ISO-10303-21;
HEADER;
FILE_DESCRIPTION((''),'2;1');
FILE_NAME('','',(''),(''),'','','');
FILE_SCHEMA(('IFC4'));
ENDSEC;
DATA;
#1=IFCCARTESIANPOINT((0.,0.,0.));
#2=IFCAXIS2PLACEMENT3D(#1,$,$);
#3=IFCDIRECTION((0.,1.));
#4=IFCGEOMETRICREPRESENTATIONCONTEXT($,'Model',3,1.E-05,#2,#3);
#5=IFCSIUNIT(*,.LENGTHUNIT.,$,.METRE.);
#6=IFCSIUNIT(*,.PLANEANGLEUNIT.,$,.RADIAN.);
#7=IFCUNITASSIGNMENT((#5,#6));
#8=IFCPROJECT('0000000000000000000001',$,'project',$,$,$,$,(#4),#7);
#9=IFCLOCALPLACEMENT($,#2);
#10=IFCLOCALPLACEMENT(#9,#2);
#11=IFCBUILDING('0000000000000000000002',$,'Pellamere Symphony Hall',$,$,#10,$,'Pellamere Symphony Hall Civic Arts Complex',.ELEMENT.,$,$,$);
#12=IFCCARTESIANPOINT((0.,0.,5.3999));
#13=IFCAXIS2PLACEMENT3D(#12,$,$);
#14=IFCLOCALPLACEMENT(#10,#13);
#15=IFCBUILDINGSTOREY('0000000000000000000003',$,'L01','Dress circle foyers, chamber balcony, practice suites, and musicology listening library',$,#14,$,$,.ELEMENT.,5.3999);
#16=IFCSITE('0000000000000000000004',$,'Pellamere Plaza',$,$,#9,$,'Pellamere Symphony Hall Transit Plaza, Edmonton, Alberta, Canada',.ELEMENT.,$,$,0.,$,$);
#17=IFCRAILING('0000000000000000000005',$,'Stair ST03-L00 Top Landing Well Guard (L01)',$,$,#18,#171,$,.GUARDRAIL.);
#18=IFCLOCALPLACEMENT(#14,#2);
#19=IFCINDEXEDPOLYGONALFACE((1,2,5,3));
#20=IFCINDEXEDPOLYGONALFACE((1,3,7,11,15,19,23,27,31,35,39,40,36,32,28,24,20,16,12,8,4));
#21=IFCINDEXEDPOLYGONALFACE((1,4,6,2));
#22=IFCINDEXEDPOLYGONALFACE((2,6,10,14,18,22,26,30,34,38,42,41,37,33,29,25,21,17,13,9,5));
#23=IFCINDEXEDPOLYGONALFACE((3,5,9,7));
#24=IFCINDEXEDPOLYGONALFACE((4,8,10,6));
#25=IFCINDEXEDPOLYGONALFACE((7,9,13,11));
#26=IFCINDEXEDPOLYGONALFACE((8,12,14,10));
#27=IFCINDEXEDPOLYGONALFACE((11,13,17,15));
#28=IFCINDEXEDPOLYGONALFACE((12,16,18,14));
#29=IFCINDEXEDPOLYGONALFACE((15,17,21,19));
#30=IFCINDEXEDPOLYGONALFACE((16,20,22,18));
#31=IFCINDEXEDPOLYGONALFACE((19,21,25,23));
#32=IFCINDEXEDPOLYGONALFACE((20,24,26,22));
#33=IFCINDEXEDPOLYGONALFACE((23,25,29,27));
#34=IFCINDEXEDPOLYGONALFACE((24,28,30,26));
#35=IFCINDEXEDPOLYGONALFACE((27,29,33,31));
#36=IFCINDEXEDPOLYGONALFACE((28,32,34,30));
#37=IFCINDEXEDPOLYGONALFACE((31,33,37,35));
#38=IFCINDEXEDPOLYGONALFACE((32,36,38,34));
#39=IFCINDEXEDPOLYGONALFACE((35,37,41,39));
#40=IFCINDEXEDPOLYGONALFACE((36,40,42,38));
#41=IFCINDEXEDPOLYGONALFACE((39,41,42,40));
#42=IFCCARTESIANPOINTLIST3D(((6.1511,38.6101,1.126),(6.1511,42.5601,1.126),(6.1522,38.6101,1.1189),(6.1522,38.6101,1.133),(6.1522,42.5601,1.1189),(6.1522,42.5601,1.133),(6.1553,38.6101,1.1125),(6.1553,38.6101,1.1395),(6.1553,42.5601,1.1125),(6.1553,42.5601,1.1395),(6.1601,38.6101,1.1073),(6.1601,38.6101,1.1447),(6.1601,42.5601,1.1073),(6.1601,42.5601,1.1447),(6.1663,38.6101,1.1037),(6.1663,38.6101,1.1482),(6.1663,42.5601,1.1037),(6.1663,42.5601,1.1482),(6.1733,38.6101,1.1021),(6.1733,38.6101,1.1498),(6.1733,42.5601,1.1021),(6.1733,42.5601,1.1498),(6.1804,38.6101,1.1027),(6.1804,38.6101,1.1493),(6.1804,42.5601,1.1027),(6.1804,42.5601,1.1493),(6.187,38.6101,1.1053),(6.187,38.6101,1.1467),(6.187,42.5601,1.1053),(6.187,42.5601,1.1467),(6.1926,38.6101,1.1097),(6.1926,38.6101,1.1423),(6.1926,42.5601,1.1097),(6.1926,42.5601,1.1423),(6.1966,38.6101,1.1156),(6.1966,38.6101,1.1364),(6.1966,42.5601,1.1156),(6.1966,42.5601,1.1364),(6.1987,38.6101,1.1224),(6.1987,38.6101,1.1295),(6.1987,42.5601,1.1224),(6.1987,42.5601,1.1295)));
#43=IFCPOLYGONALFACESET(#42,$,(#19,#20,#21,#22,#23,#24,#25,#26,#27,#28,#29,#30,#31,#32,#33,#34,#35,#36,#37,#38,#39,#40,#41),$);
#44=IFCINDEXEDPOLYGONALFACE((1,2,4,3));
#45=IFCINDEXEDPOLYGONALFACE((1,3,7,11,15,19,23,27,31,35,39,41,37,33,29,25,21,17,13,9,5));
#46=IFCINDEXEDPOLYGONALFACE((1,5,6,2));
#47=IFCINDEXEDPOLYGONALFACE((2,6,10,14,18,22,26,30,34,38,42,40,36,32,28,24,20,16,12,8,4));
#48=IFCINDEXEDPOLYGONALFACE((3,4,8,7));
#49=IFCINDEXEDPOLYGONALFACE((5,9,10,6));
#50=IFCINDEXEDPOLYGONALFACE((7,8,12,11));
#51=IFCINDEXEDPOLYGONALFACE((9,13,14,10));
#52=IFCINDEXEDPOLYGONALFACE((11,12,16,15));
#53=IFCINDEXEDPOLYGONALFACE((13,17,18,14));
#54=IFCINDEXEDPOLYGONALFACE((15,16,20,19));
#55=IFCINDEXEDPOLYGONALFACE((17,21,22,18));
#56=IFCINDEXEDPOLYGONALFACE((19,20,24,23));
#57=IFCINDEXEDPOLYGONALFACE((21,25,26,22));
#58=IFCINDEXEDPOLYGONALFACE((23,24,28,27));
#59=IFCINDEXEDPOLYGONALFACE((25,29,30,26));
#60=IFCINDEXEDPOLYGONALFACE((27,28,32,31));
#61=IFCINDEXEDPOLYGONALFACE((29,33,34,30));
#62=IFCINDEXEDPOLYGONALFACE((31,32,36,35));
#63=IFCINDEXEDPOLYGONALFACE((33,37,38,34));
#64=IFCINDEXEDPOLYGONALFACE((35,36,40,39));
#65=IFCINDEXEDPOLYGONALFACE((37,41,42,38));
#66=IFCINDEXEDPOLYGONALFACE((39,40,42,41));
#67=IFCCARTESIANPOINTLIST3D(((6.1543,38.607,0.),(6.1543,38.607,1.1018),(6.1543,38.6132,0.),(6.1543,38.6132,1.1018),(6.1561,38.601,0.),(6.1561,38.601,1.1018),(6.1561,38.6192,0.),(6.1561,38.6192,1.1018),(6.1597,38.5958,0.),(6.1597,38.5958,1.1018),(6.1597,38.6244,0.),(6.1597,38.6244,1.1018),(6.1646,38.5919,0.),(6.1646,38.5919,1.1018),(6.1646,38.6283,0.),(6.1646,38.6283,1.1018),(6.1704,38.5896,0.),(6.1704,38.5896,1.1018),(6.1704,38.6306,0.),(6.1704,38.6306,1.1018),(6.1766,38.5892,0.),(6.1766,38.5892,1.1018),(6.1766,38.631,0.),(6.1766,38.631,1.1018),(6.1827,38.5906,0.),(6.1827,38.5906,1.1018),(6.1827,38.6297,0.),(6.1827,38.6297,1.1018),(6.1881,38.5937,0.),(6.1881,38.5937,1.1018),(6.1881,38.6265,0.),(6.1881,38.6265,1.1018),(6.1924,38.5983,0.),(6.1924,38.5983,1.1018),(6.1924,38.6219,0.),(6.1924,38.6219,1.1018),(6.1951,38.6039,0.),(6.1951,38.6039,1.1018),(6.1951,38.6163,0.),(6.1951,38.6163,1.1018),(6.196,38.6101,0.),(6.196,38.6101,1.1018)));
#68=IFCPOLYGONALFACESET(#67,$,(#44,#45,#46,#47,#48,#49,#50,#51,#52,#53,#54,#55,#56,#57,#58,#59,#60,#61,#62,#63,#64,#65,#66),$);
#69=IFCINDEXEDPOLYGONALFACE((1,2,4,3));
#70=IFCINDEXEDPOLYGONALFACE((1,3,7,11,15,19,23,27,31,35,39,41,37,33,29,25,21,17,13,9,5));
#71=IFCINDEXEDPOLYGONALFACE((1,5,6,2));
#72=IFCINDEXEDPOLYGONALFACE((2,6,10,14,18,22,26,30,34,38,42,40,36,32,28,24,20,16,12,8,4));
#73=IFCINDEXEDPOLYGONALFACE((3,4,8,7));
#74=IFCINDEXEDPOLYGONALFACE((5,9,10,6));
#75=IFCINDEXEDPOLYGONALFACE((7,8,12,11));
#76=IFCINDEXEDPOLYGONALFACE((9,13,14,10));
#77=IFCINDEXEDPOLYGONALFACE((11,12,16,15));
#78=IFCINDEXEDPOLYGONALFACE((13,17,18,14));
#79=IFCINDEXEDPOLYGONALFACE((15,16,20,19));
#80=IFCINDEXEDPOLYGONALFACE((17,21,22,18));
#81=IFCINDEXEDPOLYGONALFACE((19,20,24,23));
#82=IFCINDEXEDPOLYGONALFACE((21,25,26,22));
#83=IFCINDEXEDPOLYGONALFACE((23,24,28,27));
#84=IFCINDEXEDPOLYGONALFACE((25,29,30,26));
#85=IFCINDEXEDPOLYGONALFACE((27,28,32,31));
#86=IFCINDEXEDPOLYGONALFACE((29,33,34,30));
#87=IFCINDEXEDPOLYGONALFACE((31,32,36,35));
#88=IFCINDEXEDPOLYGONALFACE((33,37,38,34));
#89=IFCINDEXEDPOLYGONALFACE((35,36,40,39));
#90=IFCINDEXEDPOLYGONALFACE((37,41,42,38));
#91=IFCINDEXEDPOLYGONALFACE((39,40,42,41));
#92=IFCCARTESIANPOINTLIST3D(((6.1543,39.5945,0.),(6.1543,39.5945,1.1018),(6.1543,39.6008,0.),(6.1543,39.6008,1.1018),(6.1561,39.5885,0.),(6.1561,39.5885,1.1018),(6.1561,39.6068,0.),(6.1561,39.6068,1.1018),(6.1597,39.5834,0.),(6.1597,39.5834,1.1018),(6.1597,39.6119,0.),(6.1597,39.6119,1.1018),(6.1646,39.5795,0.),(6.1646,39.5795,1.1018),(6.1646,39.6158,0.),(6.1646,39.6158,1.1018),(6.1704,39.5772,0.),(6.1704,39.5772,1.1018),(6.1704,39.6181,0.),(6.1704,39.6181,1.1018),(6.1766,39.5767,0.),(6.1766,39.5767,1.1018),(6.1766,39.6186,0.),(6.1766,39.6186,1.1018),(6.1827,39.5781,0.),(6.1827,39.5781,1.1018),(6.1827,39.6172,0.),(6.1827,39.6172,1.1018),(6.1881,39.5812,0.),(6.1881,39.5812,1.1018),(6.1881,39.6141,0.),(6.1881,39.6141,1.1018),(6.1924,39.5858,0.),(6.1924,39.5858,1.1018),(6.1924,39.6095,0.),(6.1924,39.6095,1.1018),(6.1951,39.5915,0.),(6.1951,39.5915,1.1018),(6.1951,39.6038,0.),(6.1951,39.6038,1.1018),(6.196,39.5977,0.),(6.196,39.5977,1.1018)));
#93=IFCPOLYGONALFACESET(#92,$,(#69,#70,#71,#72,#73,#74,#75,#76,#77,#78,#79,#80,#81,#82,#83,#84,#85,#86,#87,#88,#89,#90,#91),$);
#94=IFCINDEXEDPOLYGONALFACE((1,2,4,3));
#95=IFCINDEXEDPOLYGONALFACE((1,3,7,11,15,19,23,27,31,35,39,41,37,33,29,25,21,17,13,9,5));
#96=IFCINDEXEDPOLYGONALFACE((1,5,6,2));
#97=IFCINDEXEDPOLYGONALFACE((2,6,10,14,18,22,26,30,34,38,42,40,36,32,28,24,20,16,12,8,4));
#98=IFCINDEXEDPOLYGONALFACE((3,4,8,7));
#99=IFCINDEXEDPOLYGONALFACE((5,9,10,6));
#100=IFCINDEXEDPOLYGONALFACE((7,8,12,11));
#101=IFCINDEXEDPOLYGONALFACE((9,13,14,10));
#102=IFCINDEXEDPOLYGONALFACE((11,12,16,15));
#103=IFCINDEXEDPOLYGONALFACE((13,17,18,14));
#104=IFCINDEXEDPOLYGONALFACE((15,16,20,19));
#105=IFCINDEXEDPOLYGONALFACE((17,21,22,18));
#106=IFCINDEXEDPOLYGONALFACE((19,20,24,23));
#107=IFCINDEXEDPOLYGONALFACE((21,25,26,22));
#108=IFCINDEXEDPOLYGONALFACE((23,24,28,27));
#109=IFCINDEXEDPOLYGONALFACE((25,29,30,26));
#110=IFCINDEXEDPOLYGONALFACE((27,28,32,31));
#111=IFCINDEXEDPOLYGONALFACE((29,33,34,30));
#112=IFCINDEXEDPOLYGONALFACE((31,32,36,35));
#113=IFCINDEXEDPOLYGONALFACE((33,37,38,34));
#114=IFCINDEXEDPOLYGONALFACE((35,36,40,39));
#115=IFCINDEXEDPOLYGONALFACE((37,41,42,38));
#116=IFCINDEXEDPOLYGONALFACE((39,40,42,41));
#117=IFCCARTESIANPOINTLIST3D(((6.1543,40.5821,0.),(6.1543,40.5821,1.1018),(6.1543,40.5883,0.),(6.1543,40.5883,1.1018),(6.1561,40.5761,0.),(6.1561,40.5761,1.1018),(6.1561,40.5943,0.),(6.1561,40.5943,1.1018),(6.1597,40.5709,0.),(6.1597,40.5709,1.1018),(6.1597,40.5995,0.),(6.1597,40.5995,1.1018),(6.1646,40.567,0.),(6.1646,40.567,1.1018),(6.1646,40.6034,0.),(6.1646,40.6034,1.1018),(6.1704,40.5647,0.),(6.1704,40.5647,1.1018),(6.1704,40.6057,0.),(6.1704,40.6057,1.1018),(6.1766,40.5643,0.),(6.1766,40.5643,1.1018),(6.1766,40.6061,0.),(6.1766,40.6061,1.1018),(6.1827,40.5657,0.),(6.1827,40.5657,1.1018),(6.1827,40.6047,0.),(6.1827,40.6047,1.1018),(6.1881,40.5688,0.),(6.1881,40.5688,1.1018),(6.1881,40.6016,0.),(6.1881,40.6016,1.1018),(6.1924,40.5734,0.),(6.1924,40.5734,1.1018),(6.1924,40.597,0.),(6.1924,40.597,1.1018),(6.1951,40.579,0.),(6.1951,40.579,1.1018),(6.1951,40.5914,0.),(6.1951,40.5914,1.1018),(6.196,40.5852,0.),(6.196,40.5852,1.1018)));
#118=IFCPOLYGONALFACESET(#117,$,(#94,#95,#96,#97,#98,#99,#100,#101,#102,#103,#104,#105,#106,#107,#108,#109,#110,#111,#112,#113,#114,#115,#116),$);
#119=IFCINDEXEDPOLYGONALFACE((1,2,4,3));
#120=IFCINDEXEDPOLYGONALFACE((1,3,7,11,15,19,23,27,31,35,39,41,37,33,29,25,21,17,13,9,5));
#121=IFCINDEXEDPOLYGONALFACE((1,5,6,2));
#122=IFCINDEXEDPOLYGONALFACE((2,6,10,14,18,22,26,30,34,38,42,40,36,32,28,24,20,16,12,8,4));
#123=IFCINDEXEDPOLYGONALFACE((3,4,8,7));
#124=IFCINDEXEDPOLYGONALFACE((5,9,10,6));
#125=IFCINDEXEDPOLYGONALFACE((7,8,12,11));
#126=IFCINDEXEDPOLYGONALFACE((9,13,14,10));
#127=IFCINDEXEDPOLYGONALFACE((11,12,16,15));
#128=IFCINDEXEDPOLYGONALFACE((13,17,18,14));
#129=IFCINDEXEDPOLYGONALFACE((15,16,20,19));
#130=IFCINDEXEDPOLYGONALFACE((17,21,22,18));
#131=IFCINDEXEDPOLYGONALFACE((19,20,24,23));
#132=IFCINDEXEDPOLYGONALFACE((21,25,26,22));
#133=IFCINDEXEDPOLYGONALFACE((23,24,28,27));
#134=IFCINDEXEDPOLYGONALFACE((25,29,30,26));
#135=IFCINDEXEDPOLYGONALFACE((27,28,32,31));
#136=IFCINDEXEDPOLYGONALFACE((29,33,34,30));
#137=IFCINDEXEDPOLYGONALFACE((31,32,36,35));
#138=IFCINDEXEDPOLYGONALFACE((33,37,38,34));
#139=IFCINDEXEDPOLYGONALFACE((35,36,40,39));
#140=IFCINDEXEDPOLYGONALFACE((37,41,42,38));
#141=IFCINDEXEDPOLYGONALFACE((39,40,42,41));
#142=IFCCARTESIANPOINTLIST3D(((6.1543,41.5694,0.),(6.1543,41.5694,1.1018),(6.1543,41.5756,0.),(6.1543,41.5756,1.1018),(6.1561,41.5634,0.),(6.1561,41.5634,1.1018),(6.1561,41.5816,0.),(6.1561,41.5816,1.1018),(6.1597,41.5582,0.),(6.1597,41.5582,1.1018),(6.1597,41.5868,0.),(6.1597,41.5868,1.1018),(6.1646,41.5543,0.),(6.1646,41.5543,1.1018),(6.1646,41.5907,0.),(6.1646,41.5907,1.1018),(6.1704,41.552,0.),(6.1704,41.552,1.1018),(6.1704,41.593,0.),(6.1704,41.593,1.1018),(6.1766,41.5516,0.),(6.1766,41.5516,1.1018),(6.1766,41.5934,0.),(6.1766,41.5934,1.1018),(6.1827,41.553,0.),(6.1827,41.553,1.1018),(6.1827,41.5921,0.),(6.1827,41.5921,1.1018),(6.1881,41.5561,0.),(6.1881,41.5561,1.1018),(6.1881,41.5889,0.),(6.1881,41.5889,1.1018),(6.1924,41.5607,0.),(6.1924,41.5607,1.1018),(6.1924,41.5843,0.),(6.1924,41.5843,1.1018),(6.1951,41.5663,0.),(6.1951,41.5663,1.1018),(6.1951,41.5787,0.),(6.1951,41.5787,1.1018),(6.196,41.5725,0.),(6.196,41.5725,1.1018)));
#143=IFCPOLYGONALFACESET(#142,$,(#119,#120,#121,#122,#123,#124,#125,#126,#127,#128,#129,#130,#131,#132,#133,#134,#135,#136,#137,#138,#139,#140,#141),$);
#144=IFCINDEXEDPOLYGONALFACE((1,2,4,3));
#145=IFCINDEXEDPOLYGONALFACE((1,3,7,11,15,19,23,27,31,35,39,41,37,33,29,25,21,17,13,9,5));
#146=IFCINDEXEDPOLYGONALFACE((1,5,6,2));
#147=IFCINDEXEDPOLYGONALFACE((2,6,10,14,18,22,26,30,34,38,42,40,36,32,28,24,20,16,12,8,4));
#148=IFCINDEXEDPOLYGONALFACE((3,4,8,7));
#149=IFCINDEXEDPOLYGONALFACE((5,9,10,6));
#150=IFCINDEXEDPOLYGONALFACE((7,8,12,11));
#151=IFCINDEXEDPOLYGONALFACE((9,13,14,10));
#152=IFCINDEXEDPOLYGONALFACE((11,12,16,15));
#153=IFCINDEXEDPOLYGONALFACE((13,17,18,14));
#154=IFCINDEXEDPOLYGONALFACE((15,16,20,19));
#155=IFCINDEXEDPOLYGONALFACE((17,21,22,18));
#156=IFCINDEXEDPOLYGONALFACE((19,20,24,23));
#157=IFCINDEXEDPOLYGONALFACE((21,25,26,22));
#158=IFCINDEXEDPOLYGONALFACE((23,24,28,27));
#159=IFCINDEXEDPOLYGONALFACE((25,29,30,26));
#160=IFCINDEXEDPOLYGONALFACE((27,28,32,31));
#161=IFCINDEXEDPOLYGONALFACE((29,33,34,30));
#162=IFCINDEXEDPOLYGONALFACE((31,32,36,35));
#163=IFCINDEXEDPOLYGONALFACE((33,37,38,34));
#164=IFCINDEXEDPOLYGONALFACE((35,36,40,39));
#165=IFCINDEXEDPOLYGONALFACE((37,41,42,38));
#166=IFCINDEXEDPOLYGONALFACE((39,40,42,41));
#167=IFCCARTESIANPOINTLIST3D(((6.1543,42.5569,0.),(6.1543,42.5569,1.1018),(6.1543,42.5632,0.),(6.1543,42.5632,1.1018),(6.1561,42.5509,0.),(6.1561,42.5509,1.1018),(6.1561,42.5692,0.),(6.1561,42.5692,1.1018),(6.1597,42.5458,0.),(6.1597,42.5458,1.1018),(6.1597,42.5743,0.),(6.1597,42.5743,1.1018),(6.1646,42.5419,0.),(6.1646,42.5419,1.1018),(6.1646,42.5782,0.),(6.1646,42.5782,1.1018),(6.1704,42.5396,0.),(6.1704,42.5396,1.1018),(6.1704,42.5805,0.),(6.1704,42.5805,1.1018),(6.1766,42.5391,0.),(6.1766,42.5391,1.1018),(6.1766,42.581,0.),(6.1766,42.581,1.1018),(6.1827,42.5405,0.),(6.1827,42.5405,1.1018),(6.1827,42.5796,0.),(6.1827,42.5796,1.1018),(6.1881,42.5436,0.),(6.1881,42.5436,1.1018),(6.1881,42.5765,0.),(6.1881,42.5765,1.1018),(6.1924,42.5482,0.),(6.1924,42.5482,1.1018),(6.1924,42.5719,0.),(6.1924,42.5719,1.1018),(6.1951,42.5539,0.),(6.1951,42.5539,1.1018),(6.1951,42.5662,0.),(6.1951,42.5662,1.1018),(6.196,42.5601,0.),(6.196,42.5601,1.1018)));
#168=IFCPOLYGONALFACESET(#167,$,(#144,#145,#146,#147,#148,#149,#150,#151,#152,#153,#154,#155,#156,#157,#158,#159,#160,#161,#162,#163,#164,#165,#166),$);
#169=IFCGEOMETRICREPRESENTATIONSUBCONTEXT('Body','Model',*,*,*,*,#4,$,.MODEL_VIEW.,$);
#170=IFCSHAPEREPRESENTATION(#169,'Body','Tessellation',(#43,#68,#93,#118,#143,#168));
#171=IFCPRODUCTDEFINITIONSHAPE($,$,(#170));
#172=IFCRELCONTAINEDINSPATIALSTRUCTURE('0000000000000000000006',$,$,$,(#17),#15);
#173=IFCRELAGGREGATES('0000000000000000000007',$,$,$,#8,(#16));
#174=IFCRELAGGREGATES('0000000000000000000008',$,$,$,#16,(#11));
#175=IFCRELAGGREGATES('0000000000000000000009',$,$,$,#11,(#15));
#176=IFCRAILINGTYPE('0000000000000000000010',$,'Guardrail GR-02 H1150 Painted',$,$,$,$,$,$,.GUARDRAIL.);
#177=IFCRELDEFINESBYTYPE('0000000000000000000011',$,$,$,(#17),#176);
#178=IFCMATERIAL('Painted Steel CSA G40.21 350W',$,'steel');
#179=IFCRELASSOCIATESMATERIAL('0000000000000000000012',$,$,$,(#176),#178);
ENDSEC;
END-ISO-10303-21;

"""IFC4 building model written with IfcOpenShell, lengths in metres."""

from ifc_helpers import new_model, si_unit, direction, frame, origin, origin_2d, place, context, subcontext, project, spatial, circle, extrude, material, type_object, element, save


model = new_model("IFC4")

# Units and contexts
model_context = context("Model", 3, precision=1e-05, world=origin(), true_north=direction((0.0, 1.0)))
body_context = subcontext(model_context, "Body", "Model", "MODEL_VIEW")
ifc_project = project(units=[si_unit("LENGTHUNIT", "METRE"), si_unit("PLANEANGLEUNIT", "RADIAN")], contexts=[model_context])

# Site, building, storey
site_placement = place(None, origin())
site = spatial("IfcSite", under=ifc_project, at=site_placement, Name="Pellamere Plaza", LongName="Pellamere Symphony Hall Transit Plaza, Edmonton, Alberta, Canada", CompositionType="ELEMENT", RefElevation=0.0)
building_placement = place(site_placement, origin())
building = spatial("IfcBuilding", under=site, at=building_placement, Name="Pellamere Symphony Hall", LongName="Pellamere Symphony Hall Civic Arts Complex", CompositionType="ELEMENT")
storey_placement = place(building_placement, frame((0.0, 0.0, 5.3999)))
storey = spatial("IfcBuildingStorey", under=building, at=storey_placement, Name="L01", Description="Dress circle foyers, chamber balcony, practice suites, and musicology listening library", CompositionType="ELEMENT", Elevation=5.3999)

# Railing
ifc_material_1 = material(Name="Painted Steel CSA G40.21 350W", Category="steel")
railing_type = type_object("IfcRailingType", Name="Guardrail GR-02 H1150 Painted", PredefinedType="GUARDRAIL", material=ifc_material_1)
railing_placement = place(storey_placement, frame((6.175, 38.6101, 0.0)))
element("IfcRailing", 1, at=railing_placement, inside=storey, type_object=railing_type, Name="Stair ST03-L00 Top Landing Well Guard (L01)", PredefinedType="GUARDRAIL", context=body_context, shape_type="SweptSolid", body=[
    extrude(circle(Radius=0.0239, at=origin_2d()), frame((0.0, 0.0, 1.126), z_axis=(0.0, 1.0, 0.0), x_axis=(-1.0, 0.0, 0.0)), (0.0, 0.0, 1.0), 3.95),
    extrude(circle(Radius=0.021, at=origin_2d()), origin(), (0.0, 0.0, 1.0), 1.1018),
    extrude(circle(Radius=0.021, at=origin_2d()), frame((0.0, 0.9875, 0.0)), (0.0, 0.0, 1.0), 1.1018),
    extrude(circle(Radius=0.021, at=origin_2d()), frame((0.0, 1.9751, 0.0)), (0.0, 0.0, 1.0), 1.1018),
    extrude(circle(Radius=0.021, at=origin_2d()), frame((0.0, 2.9624, 0.0)), (0.0, 0.0, 1.0), 1.1018),
    extrude(circle(Radius=0.021, at=origin_2d()), frame((0.0, 3.95, 0.0)), (0.0, 0.0, 1.0), 1.1018),
])

save(model, "model.ifc")
